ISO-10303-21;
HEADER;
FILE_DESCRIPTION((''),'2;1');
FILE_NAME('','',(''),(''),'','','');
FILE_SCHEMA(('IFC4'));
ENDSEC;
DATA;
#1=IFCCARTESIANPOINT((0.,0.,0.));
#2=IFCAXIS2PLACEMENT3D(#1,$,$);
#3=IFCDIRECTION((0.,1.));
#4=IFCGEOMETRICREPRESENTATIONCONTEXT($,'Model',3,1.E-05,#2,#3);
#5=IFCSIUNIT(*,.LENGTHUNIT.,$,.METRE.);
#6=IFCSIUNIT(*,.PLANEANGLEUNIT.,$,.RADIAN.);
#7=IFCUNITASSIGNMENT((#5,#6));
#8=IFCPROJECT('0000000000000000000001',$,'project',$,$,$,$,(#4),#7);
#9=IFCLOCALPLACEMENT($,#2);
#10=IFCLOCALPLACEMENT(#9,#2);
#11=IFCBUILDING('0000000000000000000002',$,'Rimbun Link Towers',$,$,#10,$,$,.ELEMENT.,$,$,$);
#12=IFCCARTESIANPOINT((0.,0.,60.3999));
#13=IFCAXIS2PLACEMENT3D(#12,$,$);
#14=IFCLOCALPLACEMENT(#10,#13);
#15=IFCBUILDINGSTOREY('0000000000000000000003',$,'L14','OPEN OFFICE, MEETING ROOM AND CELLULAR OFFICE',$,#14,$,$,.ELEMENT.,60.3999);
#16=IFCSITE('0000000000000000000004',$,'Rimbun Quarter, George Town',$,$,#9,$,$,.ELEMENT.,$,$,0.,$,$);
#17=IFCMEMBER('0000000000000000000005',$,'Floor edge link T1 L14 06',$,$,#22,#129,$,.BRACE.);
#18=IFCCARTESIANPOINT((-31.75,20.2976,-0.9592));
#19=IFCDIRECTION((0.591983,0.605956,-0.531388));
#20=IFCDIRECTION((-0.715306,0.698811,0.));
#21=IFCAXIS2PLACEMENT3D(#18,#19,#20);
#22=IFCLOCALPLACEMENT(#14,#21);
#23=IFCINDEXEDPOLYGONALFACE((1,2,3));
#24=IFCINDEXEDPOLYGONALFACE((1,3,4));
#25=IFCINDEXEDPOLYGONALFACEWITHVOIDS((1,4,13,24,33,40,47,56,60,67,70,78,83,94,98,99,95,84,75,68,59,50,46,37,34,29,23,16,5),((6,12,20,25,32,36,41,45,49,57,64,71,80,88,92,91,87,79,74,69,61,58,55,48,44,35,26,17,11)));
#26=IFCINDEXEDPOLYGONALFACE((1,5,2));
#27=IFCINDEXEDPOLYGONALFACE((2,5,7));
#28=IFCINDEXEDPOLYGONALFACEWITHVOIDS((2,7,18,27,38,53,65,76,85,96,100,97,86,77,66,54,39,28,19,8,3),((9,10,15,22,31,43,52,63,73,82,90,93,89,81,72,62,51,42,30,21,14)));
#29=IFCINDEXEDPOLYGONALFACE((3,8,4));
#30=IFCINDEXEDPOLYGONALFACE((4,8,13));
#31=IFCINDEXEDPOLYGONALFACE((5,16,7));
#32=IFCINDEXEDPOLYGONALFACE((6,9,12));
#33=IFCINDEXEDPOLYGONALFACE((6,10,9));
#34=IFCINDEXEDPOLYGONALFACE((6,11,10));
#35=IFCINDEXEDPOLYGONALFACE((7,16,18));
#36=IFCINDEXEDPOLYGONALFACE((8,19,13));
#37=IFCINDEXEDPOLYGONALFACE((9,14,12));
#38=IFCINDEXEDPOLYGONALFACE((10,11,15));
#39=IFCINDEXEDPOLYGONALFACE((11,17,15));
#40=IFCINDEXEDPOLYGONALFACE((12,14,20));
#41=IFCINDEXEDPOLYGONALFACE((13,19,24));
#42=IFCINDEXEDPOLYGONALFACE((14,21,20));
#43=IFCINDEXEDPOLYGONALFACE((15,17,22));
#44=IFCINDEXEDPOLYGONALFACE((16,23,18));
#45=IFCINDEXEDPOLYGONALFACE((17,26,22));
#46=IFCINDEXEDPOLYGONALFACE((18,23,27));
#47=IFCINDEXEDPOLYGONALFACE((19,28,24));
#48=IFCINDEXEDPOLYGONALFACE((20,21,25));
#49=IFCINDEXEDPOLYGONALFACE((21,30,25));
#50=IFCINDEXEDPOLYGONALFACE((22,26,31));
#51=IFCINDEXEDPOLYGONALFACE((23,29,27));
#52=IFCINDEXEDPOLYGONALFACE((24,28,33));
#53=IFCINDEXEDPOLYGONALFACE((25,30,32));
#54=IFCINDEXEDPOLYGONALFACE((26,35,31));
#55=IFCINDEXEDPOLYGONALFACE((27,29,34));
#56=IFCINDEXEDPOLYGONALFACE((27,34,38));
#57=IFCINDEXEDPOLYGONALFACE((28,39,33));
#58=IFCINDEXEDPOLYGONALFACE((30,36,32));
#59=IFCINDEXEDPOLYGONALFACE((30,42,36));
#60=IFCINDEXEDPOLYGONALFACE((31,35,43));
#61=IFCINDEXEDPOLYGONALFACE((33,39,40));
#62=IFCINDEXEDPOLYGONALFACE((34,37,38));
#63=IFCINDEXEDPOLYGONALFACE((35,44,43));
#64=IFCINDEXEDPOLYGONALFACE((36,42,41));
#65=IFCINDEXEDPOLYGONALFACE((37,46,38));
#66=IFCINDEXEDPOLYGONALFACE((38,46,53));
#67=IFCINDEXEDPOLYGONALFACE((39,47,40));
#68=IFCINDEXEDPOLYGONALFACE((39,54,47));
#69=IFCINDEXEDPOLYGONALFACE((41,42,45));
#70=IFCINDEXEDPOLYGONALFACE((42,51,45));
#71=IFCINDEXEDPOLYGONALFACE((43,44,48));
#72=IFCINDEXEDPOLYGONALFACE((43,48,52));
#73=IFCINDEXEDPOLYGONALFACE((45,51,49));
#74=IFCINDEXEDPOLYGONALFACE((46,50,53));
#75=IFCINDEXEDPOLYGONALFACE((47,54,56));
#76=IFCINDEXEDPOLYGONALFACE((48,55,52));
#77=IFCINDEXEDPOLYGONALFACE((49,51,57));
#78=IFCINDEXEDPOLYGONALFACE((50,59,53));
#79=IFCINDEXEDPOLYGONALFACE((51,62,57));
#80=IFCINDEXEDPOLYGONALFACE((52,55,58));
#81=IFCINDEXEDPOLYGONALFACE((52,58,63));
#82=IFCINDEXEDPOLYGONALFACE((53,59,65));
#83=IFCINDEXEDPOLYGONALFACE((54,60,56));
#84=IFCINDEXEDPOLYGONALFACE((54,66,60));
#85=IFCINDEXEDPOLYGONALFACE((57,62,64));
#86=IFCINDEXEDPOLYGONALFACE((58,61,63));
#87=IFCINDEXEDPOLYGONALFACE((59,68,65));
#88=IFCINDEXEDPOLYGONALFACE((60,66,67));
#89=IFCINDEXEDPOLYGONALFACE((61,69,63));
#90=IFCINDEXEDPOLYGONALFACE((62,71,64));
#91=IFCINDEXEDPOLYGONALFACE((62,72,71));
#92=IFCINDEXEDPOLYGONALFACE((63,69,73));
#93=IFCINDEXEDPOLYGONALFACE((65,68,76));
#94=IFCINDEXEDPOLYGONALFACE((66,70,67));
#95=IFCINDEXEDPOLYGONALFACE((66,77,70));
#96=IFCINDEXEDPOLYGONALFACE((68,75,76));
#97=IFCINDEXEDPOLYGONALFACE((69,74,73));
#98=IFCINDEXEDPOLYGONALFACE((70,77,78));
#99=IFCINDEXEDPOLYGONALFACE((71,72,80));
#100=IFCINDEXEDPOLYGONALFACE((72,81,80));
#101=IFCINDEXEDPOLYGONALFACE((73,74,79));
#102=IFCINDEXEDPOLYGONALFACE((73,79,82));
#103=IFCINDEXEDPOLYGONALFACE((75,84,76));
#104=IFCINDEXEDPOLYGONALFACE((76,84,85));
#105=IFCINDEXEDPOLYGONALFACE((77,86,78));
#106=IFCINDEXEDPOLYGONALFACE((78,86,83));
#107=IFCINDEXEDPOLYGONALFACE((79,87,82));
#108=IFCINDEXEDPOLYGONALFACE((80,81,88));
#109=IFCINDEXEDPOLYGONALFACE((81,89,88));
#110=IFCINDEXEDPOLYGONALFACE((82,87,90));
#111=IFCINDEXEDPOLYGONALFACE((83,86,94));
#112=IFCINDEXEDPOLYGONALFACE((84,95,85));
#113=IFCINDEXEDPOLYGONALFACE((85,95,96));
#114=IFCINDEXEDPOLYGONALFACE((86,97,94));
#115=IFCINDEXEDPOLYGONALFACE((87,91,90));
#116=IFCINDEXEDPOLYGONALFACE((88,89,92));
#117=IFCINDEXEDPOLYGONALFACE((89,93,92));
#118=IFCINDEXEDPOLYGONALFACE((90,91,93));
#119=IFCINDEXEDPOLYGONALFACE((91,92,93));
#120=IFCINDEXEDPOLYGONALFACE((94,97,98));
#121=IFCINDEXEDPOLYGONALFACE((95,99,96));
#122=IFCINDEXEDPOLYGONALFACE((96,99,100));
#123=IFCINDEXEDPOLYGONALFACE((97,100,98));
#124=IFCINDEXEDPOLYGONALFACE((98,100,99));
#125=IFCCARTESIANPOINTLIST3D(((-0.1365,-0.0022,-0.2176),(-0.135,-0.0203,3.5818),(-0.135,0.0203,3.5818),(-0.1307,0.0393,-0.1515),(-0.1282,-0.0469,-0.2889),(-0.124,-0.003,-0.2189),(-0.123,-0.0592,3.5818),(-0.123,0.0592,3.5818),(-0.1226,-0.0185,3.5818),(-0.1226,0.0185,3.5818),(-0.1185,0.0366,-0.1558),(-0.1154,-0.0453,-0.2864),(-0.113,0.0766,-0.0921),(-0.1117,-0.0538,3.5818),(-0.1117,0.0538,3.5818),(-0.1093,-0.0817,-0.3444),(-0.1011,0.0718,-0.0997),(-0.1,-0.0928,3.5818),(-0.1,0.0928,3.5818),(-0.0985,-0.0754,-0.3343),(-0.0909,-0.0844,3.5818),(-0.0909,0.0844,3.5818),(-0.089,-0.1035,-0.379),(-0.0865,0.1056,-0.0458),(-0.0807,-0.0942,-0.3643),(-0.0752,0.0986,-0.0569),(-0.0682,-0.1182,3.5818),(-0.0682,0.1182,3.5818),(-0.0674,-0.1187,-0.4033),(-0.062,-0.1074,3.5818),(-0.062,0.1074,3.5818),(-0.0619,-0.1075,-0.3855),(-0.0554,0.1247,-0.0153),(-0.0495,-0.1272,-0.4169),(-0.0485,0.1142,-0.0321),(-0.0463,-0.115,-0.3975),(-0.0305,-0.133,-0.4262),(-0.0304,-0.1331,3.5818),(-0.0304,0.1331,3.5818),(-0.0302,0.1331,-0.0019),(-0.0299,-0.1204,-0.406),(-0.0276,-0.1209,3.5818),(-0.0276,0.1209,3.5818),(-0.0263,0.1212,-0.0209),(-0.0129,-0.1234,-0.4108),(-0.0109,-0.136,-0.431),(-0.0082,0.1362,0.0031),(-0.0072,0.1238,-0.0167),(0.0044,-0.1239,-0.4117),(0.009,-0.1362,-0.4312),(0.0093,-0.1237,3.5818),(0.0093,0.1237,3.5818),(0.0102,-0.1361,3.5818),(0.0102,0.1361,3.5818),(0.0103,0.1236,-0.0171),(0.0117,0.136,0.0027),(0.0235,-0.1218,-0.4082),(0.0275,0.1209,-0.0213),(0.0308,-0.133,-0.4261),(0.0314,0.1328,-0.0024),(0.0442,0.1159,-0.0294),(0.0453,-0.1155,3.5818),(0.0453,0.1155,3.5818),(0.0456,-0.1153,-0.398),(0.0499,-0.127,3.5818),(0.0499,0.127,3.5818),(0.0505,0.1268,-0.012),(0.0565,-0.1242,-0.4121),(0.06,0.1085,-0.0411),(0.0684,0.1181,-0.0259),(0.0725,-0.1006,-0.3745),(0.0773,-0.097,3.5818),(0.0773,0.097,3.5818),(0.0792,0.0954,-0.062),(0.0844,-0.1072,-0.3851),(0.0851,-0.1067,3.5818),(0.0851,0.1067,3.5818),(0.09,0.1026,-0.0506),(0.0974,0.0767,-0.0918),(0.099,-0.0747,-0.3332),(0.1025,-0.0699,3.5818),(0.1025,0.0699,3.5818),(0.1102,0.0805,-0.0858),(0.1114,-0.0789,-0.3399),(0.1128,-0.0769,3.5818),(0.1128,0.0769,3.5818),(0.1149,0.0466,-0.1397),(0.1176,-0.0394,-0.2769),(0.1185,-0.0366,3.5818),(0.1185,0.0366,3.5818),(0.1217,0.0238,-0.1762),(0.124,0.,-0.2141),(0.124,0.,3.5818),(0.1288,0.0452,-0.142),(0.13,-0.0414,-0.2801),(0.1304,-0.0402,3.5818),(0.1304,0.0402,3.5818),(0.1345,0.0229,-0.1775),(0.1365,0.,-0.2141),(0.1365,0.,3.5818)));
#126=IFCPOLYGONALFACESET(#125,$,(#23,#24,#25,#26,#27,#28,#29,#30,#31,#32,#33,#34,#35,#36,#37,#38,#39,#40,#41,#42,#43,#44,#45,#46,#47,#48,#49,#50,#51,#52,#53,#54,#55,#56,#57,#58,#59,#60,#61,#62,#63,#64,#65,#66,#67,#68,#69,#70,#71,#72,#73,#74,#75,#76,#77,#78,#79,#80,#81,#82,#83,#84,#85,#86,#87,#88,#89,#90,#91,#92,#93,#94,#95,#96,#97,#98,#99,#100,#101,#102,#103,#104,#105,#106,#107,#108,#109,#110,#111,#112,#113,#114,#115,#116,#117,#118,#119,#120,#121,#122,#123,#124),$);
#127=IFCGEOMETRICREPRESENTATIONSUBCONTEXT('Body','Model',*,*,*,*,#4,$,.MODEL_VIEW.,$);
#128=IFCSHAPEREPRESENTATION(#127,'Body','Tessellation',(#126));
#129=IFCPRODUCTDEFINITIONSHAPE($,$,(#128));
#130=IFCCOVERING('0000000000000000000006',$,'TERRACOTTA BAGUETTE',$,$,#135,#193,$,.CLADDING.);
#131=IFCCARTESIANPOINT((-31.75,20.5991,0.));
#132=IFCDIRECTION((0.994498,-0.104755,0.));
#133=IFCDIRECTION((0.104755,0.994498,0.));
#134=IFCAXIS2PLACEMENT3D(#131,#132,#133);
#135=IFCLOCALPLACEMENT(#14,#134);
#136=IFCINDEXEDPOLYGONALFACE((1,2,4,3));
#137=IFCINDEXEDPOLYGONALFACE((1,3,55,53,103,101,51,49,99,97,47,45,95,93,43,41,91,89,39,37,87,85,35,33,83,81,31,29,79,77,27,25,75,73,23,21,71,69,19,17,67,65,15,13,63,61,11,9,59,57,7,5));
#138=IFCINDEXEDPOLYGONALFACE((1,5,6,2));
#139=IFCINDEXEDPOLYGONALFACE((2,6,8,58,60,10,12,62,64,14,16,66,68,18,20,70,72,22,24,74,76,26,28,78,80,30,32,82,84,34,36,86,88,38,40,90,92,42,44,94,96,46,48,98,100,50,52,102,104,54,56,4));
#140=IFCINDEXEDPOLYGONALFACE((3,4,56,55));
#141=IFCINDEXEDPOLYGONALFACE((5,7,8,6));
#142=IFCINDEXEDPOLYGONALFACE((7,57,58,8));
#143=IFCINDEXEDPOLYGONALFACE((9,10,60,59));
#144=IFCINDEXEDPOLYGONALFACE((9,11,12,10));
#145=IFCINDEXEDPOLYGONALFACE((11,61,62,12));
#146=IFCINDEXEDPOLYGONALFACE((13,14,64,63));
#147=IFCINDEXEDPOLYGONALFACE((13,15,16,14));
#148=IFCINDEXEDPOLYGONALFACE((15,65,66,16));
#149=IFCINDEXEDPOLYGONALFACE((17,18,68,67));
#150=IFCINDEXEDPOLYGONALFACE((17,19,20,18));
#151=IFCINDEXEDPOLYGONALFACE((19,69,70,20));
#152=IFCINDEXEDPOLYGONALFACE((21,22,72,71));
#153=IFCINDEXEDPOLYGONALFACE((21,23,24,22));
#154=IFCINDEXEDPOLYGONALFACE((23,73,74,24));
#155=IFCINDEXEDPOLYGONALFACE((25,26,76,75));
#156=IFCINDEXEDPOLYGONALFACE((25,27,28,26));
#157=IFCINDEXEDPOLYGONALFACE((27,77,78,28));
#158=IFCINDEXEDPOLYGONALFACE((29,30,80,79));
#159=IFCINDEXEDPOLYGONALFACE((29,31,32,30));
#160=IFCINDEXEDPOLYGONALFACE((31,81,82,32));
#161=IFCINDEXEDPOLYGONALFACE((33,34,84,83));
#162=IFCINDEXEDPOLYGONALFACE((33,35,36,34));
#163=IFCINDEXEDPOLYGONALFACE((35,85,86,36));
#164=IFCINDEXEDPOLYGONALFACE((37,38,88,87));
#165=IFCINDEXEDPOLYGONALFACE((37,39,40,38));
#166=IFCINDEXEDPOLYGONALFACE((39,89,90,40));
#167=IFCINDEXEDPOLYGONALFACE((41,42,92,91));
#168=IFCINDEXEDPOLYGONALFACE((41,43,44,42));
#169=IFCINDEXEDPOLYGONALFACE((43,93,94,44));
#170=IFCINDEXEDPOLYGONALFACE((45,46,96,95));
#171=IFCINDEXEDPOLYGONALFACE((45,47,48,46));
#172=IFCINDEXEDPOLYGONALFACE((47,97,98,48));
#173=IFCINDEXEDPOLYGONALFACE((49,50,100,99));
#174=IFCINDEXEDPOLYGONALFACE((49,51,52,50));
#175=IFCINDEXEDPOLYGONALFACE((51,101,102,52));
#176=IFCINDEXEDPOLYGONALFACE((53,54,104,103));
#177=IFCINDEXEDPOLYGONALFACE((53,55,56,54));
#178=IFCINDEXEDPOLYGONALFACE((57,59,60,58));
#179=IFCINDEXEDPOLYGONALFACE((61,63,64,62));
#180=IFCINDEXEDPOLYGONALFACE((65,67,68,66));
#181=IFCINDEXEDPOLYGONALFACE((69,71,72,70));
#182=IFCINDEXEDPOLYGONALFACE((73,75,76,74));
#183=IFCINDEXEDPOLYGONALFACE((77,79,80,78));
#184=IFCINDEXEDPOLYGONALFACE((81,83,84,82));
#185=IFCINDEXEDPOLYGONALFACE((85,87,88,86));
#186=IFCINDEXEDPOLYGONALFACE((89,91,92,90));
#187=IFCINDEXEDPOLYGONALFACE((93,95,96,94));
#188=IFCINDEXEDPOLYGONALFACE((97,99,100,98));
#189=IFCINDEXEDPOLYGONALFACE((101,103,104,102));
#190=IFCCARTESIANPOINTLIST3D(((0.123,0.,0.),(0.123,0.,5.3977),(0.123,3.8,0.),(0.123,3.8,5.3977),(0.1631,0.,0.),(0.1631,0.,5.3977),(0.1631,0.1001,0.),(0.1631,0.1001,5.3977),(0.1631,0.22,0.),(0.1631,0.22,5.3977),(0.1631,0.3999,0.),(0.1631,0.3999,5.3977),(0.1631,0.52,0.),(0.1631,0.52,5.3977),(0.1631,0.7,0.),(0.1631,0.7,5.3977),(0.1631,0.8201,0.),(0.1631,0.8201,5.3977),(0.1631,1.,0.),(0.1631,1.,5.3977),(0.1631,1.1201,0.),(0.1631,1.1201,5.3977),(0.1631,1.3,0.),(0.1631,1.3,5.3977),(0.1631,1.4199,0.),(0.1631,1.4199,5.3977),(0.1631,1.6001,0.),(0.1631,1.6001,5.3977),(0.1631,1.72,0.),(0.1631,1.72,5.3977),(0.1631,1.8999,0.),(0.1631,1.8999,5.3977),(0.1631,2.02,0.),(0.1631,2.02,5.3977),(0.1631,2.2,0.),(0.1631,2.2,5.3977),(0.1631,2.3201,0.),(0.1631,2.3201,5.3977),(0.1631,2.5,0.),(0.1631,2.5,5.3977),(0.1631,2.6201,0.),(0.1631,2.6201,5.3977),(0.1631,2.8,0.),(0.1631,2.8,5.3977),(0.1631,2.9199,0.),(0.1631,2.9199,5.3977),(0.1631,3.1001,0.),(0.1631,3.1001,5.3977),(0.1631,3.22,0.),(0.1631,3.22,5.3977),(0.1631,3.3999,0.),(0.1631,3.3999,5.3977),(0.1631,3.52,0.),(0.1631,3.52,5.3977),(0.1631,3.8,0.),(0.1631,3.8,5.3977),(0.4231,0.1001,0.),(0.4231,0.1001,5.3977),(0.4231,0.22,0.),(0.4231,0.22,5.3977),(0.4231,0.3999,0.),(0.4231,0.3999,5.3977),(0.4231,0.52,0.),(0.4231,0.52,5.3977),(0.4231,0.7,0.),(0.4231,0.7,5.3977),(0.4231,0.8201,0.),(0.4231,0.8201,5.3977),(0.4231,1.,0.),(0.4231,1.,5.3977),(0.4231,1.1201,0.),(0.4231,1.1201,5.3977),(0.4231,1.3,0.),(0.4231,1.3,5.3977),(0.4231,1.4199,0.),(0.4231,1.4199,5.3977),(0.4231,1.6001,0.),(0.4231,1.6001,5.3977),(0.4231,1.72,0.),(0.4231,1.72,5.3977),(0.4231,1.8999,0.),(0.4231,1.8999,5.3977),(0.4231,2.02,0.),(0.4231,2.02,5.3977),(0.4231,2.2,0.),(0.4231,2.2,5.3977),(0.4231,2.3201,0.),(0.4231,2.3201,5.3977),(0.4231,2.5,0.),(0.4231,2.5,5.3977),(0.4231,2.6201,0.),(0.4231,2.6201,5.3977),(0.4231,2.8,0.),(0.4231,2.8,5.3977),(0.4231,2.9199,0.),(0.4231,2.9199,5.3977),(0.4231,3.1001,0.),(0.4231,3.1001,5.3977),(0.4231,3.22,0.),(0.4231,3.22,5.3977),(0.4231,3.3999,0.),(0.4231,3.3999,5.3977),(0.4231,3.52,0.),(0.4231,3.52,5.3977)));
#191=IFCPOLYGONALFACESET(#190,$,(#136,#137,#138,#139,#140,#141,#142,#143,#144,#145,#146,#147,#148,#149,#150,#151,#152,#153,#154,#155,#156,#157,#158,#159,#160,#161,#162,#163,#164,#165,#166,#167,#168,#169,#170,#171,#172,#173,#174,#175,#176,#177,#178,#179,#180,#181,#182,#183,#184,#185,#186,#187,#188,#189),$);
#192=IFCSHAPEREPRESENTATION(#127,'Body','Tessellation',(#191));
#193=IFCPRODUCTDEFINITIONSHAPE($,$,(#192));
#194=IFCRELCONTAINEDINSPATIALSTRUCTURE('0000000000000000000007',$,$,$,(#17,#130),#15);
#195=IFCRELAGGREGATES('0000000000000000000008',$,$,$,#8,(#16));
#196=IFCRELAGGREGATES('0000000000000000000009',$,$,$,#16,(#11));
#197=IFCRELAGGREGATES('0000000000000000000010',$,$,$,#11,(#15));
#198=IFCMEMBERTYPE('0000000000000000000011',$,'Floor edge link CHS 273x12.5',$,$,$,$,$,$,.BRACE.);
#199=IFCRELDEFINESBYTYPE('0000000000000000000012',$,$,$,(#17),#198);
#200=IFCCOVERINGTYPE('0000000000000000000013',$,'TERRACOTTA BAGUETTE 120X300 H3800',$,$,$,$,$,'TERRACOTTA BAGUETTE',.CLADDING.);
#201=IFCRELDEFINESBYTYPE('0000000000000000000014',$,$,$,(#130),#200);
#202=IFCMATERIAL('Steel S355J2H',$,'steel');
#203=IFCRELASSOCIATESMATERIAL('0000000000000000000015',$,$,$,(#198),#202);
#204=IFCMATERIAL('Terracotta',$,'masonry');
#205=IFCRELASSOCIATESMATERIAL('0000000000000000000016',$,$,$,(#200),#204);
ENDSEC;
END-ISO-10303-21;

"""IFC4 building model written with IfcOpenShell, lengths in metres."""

from ifc_helpers import new_model, si_unit, direction, frame, origin, origin_2d, place, context, subcontext, project, spatial, polyline, hollow_circle, outline, extrude, clip, halfspace, material, material_profile, profile_set, type_object, element, save


model = new_model("IFC4")

# Units and contexts
model_context = context("Model", 3, precision=1e-05, world=origin(), true_north=direction((0.0, 1.0)))
body_context = subcontext(model_context, "Body", "Model", "MODEL_VIEW")
ifc_project = project(units=[si_unit("LENGTHUNIT", "METRE"), si_unit("PLANEANGLEUNIT", "RADIAN")], contexts=[model_context])

# Site, building, storey
site_placement = place(None, origin())
site = spatial("IfcSite", under=ifc_project, at=site_placement, Name="Rimbun Quarter, George Town", CompositionType="ELEMENT", RefElevation=0.0)
building_placement = place(site_placement, origin())
building = spatial("IfcBuilding", under=site, at=building_placement, Name="Rimbun Link Towers", CompositionType="ELEMENT")
storey_placement = place(building_placement, frame((0.0, 0.0, 60.3999)))
storey = spatial("IfcBuildingStorey", under=building, at=storey_placement, Name="L14", Description="OPEN OFFICE, MEETING ROOM AND CELLULAR OFFICE", CompositionType="ELEMENT", Elevation=60.3999)

# Member
ifc_material_1 = material(Name="Steel S355J2H", Category="steel")
ifc_material_profile_1 = material_profile(ifc_material_1, hollow_circle(Radius=0.1365, WallThickness=0.0125, at=origin_2d()), Name="CHS 273x12.5")
ifc_profile_set_1 = profile_set([ifc_material_profile_1], Name="Steel S355J2H")
member_type_1 = type_object("IfcMemberType", Name="Floor edge link CHS 273x12.5", PredefinedType="BRACE", material=ifc_profile_set_1)
member_1_placement = place(storey_placement, frame((-31.75, 20.2976, -0.9592), z_axis=(0.591983, 0.605956, -0.531388), x_axis=(-0.715306, 0.698811, 0.0)))
element("IfcMember", 1, at=member_1_placement, inside=storey, type_object=member_type_1, Name="Floor edge link T1 L14 06", PredefinedType="BRACE", context=body_context, shape_type="Clipping", body=[
    clip(extrude(hollow_circle(Radius=0.1365, WallThickness=0.0125, at=origin_2d()), frame((0.0, 0.0, -0.4541)), (0.0, 0.0, 1.0), 4.0359), halfspace(frame((0.0, 0.0, -0.2141), z_axis=(0.0, 0.847129, -0.531388)), False)),
])

# Covering
ifc_material_2 = material(Name="Terracotta", Category="masonry")
ifc_material_profile_2 = material_profile(ifc_material_2, outline(polyline([(0.123, 0.0), (0.1631, 0.0), (0.1631, 0.1001), (0.4231, 0.1001), (0.4231, 0.22), (0.1631, 0.22), (0.1631, 0.3999), (0.4231, 0.3999), (0.4231, 0.52), (0.1631, 0.52), (0.1631, 0.7), (0.4231, 0.7), (0.4231, 0.8201), (0.1631, 0.8201), (0.1631, 1.0), (0.4231, 1.0), (0.4231, 1.1201), (0.1631, 1.1201), (0.1631, 1.3), (0.4231, 1.3), (0.4231, 1.4199), (0.1631, 1.4199), (0.1631, 1.6001), (0.4231, 1.6001), (0.4231, 1.72), (0.1631, 1.72), (0.1631, 1.8999), (0.4231, 1.8999), (0.4231, 2.02), (0.1631, 2.02), (0.1631, 2.2), (0.4231, 2.2), (0.4231, 2.3201), (0.1631, 2.3201), (0.1631, 2.5), (0.4231, 2.5), (0.4231, 2.6201), (0.1631, 2.6201), (0.1631, 2.8), (0.4231, 2.8), (0.4231, 2.9199), (0.1631, 2.9199), (0.1631, 3.1001), (0.4231, 3.1001), (0.4231, 3.22), (0.1631, 3.22), (0.1631, 3.3999), (0.4231, 3.3999), (0.4231, 3.52), (0.1631, 3.52), (0.1631, 3.8), (0.123, 3.8), (0.123, 0.0)])), Name="BAGUETTE 120X300")
ifc_profile_set_2 = profile_set([ifc_material_profile_2], Name="Terracotta")
covering_type = type_object("IfcCoveringType", Name="TERRACOTTA BAGUETTE 120X300 H3800", ElementType="TERRACOTTA BAGUETTE", PredefinedType="CLADDING", material=ifc_profile_set_2)
for number, where, z_axis, x_axis, name in (
    (2, (-31.75, 20.5991, 0.0), (0.994498, -0.104755, 0.0), (0.104755, 0.994498, 0.0), "TERRACOTTA BAGUETTE"),
):
    element("IfcCovering", number, at=place(storey_placement, frame(where, z_axis=z_axis, x_axis=x_axis)), inside=storey, type_object=covering_type, Name=name, PredefinedType="CLADDING", context=body_context, shape_type="SweptSolid", body=[
        extrude(outline(polyline([(0.123, 0.0), (0.1631, 0.0), (0.1631, 0.1001), (0.4231, 0.1001), (0.4231, 0.22), (0.1631, 0.22), (0.1631, 0.3999), (0.4231, 0.3999), (0.4231, 0.52), (0.1631, 0.52), (0.1631, 0.7), (0.4231, 0.7), (0.4231, 0.8201), (0.1631, 0.8201), (0.1631, 1.0), (0.4231, 1.0), (0.4231, 1.1201), (0.1631, 1.1201), (0.1631, 1.3), (0.4231, 1.3), (0.4231, 1.4199), (0.1631, 1.4199), (0.1631, 1.6001), (0.4231, 1.6001), (0.4231, 1.72), (0.1631, 1.72), (0.1631, 1.8999), (0.4231, 1.8999), (0.4231, 2.02), (0.1631, 2.02), (0.1631, 2.2), (0.4231, 2.2), (0.4231, 2.3201), (0.1631, 2.3201), (0.1631, 2.5), (0.4231, 2.5), (0.4231, 2.6201), (0.1631, 2.6201), (0.1631, 2.8), (0.4231, 2.8), (0.4231, 2.9199), (0.1631, 2.9199), (0.1631, 3.1001), (0.4231, 3.1001), (0.4231, 3.22), (0.1631, 3.22), (0.1631, 3.3999), (0.4231, 3.3999), (0.4231, 3.52), (0.1631, 3.52), (0.1631, 3.8), (0.123, 3.8), (0.123, 0.0)])), origin(), (0.0, 0.0, 1.0), 5.3977),
    ])

save(model, "model.ifc")
